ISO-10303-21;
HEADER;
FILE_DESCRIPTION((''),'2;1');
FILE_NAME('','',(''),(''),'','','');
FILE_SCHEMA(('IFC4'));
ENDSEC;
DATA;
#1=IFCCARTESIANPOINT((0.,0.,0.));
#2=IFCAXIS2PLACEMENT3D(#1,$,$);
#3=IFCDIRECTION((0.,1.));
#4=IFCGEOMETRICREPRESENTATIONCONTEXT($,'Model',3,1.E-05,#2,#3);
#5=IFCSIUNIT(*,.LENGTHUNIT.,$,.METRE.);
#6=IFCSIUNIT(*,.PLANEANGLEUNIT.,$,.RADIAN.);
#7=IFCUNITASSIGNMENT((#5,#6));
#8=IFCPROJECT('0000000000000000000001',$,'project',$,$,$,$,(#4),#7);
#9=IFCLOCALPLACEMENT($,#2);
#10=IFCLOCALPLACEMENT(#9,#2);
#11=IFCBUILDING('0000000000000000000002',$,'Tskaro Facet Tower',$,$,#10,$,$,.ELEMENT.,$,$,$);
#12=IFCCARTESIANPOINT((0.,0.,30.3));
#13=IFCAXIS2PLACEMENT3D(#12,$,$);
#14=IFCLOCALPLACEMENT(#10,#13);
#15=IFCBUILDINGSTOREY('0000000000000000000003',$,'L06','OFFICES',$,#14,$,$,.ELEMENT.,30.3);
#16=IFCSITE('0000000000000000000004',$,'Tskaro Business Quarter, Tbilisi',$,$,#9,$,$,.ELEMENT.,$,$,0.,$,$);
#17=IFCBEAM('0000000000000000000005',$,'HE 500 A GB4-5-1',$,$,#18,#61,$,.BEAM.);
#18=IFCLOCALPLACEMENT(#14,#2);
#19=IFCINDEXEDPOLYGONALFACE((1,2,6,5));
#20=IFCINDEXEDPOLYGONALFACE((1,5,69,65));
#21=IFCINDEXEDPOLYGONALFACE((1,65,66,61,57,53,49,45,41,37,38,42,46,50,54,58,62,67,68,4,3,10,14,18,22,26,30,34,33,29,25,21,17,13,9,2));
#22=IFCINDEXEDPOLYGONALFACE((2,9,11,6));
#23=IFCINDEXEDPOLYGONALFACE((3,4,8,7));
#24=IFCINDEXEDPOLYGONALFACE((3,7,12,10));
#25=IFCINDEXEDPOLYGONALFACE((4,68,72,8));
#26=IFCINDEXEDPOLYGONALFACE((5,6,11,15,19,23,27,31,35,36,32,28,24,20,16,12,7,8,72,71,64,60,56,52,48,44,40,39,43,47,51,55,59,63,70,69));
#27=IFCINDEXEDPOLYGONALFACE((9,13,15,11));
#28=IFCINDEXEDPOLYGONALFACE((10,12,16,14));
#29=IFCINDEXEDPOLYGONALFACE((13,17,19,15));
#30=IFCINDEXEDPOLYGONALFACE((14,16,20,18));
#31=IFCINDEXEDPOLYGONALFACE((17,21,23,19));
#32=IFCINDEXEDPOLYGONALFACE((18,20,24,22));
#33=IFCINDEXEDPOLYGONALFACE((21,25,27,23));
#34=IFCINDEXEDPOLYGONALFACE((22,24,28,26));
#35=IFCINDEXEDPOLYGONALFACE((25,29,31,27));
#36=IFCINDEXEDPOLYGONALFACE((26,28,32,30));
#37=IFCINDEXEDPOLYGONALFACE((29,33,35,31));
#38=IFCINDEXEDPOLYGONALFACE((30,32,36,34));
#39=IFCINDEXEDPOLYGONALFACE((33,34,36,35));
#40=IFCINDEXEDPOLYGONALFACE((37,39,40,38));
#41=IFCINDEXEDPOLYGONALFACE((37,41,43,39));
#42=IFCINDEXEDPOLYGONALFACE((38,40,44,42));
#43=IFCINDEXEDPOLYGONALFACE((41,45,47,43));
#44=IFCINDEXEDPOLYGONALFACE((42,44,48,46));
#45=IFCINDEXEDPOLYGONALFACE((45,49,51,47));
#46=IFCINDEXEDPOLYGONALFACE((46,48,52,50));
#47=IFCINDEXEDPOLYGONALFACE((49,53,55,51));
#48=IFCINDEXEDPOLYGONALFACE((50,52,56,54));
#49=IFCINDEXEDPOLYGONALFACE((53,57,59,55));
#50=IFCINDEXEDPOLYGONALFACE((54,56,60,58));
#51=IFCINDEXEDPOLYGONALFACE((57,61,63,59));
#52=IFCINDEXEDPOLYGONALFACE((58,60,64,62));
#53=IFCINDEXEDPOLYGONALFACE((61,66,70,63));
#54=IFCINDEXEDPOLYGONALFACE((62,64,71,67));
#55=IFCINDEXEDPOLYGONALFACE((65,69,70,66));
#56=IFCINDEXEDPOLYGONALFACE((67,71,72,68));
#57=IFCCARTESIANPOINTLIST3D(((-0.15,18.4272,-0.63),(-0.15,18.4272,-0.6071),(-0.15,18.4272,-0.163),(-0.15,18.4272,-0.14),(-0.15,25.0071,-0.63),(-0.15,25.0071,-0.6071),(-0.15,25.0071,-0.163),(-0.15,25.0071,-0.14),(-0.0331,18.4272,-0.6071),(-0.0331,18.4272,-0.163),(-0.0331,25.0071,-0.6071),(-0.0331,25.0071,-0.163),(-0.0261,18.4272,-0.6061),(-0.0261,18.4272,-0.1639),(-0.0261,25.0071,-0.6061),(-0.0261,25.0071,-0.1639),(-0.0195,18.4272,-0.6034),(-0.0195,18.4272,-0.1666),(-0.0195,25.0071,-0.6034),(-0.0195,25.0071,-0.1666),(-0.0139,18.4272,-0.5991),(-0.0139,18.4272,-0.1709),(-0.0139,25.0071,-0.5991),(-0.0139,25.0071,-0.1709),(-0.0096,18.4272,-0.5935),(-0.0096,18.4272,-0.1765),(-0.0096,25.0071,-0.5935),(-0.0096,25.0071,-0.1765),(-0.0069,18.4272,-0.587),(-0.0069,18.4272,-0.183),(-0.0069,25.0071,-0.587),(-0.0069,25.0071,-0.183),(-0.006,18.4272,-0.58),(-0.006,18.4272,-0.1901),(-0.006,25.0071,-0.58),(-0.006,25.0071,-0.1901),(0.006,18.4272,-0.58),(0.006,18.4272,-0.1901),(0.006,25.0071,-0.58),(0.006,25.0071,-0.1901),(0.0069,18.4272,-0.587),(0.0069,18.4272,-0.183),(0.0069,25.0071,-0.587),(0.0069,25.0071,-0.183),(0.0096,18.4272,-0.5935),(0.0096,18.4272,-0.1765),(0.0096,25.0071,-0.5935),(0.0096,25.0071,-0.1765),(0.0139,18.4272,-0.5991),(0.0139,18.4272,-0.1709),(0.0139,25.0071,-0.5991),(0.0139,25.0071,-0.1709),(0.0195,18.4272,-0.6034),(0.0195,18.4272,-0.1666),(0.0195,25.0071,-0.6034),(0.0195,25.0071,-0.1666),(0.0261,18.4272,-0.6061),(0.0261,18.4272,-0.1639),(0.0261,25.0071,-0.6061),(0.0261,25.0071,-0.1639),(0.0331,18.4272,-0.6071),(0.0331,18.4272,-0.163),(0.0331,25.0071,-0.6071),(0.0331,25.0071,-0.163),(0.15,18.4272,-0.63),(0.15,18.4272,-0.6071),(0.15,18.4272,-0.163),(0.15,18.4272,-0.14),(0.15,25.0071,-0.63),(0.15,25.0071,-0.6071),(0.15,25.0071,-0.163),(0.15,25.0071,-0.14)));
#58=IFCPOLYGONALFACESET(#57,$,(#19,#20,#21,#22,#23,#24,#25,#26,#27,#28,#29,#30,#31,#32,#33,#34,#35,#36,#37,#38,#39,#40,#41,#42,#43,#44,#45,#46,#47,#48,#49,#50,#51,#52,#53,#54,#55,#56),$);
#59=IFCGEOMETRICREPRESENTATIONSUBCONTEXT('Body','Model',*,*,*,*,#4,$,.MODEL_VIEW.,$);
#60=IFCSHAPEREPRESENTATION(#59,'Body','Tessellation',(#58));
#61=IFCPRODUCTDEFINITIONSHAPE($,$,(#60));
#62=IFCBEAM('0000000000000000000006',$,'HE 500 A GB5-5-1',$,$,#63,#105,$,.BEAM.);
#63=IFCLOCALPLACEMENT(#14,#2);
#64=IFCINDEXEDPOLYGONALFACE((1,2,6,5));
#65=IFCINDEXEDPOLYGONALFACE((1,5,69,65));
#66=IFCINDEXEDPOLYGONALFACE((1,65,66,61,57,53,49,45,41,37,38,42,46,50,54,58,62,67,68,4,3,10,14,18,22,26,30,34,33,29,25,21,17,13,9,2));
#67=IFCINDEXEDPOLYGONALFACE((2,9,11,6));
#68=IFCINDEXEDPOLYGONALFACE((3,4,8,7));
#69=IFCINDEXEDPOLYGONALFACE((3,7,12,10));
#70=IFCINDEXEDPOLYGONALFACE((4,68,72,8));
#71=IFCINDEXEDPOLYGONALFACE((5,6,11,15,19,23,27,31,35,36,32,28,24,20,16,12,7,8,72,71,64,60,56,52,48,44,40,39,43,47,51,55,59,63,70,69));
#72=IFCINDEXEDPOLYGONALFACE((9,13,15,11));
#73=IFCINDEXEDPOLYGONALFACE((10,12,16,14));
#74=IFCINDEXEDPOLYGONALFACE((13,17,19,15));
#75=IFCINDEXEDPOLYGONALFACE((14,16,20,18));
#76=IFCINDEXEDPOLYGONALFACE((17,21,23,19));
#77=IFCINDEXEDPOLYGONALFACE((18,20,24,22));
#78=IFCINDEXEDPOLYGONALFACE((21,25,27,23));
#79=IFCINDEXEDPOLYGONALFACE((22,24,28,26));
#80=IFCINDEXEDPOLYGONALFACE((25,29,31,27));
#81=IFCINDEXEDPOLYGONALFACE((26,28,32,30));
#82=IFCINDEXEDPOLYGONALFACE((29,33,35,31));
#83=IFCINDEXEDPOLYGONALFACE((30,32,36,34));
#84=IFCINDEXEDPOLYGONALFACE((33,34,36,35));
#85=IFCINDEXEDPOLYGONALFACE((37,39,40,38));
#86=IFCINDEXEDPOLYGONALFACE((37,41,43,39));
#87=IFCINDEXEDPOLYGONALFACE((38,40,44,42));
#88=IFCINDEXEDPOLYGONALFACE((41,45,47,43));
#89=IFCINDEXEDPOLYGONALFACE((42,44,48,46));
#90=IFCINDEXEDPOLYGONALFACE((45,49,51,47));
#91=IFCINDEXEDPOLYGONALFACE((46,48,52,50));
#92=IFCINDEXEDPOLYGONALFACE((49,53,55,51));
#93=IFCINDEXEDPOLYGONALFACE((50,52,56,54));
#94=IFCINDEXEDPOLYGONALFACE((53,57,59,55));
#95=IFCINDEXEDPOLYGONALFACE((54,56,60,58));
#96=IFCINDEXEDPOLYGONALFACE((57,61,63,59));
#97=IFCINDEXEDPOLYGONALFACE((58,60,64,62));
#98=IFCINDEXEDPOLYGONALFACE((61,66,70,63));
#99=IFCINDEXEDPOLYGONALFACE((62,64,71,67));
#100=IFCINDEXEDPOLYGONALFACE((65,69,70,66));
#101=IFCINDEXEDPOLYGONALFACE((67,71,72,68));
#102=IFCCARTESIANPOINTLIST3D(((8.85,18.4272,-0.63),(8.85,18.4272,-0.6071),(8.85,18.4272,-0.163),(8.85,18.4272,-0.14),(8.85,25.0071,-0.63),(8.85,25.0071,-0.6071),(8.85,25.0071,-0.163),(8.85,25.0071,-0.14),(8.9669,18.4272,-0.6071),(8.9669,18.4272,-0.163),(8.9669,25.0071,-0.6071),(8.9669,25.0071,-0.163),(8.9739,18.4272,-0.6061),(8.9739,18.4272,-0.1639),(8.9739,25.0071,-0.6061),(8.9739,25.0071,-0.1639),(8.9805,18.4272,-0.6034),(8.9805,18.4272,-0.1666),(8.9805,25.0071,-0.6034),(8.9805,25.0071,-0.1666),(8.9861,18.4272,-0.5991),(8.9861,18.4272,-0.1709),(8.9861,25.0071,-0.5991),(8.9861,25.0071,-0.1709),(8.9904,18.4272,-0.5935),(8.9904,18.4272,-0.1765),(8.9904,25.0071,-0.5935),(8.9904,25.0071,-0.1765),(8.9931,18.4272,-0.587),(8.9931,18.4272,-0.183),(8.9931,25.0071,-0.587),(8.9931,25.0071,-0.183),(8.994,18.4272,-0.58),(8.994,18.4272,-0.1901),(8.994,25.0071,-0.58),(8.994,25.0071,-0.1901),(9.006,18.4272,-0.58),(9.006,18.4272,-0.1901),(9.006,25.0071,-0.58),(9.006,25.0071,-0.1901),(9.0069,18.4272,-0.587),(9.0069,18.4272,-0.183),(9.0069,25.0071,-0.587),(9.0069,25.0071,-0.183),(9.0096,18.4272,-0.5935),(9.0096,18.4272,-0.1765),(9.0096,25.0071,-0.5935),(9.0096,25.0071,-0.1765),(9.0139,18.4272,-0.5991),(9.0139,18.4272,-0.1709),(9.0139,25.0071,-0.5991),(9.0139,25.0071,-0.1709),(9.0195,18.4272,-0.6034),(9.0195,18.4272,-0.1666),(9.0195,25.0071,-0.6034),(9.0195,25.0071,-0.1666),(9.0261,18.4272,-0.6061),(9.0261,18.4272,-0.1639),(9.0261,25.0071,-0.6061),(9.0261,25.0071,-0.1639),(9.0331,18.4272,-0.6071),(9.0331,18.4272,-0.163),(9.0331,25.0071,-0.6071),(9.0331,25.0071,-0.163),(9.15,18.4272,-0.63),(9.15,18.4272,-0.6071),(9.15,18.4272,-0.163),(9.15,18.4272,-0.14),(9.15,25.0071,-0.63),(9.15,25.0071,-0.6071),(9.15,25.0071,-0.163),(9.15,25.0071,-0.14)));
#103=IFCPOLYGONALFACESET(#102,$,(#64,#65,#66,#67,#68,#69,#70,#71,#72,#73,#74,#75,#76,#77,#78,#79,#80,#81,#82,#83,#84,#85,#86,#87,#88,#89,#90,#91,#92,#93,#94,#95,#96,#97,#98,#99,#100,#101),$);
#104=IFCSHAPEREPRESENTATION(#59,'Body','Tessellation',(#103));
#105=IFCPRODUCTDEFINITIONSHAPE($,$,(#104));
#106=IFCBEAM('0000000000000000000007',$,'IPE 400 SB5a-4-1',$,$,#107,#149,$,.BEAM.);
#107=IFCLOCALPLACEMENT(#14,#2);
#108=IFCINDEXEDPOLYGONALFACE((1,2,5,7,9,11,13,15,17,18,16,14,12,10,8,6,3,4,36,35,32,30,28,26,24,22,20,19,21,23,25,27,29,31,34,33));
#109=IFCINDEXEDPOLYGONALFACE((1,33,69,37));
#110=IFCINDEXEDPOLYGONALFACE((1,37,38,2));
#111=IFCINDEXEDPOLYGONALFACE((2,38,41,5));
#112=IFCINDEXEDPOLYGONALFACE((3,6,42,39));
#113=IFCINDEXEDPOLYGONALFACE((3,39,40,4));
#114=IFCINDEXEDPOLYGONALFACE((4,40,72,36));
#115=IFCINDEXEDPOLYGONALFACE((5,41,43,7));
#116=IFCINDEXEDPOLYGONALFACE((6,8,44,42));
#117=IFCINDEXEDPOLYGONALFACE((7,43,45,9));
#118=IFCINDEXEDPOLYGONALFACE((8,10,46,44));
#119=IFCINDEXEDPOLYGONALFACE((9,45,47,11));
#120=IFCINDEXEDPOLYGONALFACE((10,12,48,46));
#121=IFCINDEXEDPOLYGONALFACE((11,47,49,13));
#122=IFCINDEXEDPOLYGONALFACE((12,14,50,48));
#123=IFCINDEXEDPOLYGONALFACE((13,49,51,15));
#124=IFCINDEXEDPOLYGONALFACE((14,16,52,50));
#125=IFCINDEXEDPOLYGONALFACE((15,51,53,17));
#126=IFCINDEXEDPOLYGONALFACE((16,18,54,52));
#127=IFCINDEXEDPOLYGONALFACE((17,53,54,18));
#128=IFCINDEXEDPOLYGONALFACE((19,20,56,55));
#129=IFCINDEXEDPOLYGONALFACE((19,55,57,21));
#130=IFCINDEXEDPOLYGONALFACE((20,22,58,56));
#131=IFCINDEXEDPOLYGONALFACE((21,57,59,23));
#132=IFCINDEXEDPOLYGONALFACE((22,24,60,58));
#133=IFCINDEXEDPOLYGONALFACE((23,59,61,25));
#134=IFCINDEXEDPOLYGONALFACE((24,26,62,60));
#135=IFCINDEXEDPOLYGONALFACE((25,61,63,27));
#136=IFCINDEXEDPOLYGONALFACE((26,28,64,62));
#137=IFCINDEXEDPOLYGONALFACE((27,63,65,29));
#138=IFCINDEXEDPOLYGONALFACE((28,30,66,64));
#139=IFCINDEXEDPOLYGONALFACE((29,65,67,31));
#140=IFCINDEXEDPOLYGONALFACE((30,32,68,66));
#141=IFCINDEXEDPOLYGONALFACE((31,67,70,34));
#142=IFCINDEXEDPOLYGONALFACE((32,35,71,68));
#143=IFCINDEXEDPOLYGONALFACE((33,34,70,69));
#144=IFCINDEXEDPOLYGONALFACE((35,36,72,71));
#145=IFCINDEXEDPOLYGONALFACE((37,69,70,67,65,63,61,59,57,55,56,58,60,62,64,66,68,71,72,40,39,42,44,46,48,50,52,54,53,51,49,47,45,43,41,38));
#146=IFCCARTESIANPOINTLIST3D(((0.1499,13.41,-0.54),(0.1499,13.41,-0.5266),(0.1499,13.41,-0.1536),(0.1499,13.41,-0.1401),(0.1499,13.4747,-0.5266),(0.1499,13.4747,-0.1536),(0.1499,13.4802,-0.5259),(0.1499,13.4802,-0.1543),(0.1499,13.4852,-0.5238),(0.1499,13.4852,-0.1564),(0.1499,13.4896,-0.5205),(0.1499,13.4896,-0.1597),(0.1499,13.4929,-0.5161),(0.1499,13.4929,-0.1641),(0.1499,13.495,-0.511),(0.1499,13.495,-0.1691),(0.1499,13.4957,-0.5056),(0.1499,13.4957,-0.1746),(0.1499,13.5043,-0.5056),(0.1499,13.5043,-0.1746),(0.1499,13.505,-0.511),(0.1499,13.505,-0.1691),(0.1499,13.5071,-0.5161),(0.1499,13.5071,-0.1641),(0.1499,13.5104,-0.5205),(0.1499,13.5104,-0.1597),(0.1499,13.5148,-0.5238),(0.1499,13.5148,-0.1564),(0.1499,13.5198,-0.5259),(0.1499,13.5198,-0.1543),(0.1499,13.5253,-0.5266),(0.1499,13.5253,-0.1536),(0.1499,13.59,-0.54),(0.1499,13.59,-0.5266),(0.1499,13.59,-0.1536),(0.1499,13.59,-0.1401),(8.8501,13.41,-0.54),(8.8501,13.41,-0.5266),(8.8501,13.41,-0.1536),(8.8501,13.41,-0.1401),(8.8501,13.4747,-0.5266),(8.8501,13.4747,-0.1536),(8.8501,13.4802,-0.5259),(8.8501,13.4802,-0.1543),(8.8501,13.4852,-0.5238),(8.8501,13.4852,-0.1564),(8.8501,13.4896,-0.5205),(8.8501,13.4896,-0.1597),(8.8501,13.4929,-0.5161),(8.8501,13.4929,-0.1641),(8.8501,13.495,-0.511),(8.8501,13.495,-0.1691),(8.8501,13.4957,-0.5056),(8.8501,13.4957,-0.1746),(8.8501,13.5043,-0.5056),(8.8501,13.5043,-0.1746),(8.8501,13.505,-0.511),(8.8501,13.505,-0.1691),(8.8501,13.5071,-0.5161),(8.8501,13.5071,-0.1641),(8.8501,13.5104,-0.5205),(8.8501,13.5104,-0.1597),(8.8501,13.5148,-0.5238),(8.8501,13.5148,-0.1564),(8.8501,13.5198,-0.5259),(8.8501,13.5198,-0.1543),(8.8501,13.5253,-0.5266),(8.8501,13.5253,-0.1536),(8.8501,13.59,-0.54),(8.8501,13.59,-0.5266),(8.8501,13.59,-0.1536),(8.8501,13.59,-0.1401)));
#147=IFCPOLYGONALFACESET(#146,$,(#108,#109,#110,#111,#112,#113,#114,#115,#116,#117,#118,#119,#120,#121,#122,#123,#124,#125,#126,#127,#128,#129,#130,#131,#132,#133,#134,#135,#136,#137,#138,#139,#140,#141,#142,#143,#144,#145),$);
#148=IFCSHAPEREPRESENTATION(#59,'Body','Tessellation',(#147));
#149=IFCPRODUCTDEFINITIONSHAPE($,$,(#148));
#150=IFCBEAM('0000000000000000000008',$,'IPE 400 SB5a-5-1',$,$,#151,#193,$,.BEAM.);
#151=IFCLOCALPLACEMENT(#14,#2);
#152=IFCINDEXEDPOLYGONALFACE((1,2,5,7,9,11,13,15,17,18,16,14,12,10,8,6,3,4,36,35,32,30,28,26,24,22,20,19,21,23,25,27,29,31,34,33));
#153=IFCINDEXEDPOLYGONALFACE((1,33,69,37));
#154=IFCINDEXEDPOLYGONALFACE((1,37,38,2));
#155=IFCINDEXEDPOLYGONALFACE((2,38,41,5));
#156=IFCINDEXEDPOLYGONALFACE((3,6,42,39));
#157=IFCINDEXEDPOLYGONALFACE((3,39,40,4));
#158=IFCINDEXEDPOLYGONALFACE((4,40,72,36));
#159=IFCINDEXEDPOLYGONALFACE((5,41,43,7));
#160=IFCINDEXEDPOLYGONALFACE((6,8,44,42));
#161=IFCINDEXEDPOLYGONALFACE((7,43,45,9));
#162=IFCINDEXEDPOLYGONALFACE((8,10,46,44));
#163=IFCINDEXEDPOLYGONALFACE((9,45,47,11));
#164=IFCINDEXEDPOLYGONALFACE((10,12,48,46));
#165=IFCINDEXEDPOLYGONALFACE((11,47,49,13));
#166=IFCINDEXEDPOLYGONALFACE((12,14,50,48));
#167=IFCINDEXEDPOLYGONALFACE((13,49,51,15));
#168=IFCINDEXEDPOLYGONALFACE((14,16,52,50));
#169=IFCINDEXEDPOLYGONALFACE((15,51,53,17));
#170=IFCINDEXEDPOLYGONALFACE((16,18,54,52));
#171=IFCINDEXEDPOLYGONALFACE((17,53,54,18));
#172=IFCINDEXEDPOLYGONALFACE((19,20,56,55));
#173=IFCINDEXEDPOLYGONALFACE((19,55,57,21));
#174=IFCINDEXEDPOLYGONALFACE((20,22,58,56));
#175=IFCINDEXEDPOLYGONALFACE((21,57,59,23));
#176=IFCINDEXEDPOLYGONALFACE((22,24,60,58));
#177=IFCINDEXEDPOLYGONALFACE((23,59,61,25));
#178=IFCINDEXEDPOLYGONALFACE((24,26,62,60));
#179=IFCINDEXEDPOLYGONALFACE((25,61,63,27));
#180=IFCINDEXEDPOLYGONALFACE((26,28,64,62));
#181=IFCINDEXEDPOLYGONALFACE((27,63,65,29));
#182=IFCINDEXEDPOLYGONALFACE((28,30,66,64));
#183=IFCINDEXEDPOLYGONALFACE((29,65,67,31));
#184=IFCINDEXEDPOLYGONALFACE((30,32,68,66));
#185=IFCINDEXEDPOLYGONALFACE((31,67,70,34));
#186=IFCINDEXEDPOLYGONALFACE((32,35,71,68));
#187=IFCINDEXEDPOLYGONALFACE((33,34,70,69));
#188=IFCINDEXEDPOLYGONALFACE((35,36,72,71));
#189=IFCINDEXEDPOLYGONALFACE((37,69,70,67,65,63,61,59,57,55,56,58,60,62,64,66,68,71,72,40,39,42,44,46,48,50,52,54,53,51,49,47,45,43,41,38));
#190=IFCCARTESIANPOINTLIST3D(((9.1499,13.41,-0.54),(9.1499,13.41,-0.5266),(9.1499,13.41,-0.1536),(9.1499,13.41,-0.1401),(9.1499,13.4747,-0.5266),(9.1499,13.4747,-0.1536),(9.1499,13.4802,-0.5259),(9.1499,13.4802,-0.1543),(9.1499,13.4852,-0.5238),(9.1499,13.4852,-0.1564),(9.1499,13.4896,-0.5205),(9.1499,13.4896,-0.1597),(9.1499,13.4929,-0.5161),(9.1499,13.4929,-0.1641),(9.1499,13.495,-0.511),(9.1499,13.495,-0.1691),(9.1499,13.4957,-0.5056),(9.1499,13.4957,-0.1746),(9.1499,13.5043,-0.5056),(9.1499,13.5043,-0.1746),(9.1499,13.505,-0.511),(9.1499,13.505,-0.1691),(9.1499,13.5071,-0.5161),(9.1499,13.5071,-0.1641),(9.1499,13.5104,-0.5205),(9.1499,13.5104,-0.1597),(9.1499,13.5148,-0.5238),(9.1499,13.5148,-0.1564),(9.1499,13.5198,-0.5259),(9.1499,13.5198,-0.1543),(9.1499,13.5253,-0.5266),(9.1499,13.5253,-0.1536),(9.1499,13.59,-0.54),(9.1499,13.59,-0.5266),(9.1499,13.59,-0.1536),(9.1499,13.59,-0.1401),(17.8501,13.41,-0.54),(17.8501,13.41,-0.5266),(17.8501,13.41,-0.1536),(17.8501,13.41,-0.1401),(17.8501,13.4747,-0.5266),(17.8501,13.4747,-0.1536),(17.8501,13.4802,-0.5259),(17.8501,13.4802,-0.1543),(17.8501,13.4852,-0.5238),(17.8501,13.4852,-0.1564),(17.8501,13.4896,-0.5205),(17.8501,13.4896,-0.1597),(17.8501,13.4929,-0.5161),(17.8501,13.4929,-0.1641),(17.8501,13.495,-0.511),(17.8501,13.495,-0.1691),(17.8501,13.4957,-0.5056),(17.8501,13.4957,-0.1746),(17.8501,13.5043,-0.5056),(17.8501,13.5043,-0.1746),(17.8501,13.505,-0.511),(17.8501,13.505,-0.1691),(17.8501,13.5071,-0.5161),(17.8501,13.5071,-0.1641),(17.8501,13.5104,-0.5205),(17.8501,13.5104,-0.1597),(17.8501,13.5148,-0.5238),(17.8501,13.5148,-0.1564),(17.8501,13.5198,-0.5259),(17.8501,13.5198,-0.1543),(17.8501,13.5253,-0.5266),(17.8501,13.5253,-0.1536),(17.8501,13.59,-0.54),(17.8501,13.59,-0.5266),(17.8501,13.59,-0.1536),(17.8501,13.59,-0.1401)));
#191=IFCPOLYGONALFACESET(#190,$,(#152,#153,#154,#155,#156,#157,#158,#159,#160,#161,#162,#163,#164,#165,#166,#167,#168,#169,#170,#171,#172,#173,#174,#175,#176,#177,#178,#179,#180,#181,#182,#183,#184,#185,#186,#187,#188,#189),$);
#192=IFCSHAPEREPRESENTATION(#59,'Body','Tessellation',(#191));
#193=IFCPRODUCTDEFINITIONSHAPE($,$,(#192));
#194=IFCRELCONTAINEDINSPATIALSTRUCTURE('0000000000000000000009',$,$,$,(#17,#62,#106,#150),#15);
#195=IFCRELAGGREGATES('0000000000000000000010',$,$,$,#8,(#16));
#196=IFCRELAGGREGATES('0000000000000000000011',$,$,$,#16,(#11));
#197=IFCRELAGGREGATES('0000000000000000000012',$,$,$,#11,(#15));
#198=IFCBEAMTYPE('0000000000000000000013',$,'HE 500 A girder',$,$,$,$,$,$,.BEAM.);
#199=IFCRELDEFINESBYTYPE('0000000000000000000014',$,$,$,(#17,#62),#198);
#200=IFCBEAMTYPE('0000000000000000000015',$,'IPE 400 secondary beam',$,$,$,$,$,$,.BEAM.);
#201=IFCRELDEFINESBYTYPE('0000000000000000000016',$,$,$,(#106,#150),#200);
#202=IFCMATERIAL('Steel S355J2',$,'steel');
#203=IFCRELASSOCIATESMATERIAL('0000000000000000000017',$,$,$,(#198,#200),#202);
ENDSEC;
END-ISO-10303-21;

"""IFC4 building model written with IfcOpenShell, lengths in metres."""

from ifc_helpers import new_model, si_unit, direction, frame, origin, origin_2d, place, context, subcontext, project, spatial, i_section, extrude, material, material_profile, profile_set, type_object, element, save


model = new_model("IFC4")

# Units and contexts
model_context = context("Model", 3, precision=1e-05, world=origin(), true_north=direction((0.0, 1.0)))
body_context = subcontext(model_context, "Body", "Model", "MODEL_VIEW")
ifc_project = project(units=[si_unit("LENGTHUNIT", "METRE"), si_unit("PLANEANGLEUNIT", "RADIAN")], contexts=[model_context])

# Site, building, storey
site_placement = place(None, origin())
site = spatial("IfcSite", under=ifc_project, at=site_placement, Name="Tskaro Business Quarter, Tbilisi", CompositionType="ELEMENT", RefElevation=0.0)
building_placement = place(site_placement, origin())
building = spatial("IfcBuilding", under=site, at=building_placement, Name="Tskaro Facet Tower", CompositionType="ELEMENT")
storey_placement = place(building_placement, frame((0.0, 0.0, 30.3)))
storey = spatial("IfcBuildingStorey", under=building, at=storey_placement, Name="L06", Description="OFFICES", CompositionType="ELEMENT", Elevation=30.3)

# Beams
ifc_material_1 = material(Name="Steel S355J2", Category="steel")
ifc_material_profile_1 = material_profile(ifc_material_1, i_section(OverallWidth=0.3, OverallDepth=0.49, WebThickness=0.012, FlangeThickness=0.0229, FilletRadius=0.0271, at=origin_2d()), Name="HE 500 A")
ifc_profile_set_1 = profile_set([ifc_material_profile_1], Name="Steel S355J2")
beam_type_1 = type_object("IfcBeamType", Name="HE 500 A girder", PredefinedType="BEAM", material=ifc_profile_set_1)
for number, where, z_axis, x_axis, name in (
    (1, (0.0, 18.4272, -0.385), (0.0, 1.0, 0.0), (-1.0, 0.0, 0.0), "HE 500 A GB4-5-1"),
    (2, (9.0, 18.4272, -0.385), (0.0, 1.0, 0.0), (-1.0, 0.0, 0.0), "HE 500 A GB5-5-1"),
):
    element("IfcBeam", number, at=place(storey_placement, frame(where, z_axis=z_axis, x_axis=x_axis)), inside=storey, type_object=beam_type_1, Name=name, PredefinedType="BEAM", context=body_context, shape_type="SweptSolid", body=[
        extrude(i_section(OverallWidth=0.3, OverallDepth=0.49, WebThickness=0.012, FlangeThickness=0.0229, FilletRadius=0.0271, at=origin_2d()), origin(), (0.0, 0.0, 1.0), 6.5798),
    ])
ifc_material_profile_2 = material_profile(ifc_material_1, i_section(OverallWidth=0.1799, OverallDepth=0.3999, WebThickness=0.0085, FlangeThickness=0.0134, FilletRadius=0.021, at=origin_2d()), Name="IPE 400")
ifc_profile_set_2 = profile_set([ifc_material_profile_2], Name="Steel S355J2")
beam_type_2 = type_object("IfcBeamType", Name="IPE 400 secondary beam", PredefinedType="BEAM", material=ifc_profile_set_2)
for number, where, z_axis, x_axis, name in (
    (3, (0.1499, 13.5, -0.3401), (1.0, 0.0, 0.0), (0.0, 1.0, 0.0), "IPE 400 SB5a-4-1"),
    (4, (9.1499, 13.5, -0.3401), (1.0, 0.0, 0.0), (0.0, 1.0, 0.0), "IPE 400 SB5a-5-1"),
):
    element("IfcBeam", number, at=place(storey_placement, frame(where, z_axis=z_axis, x_axis=x_axis)), inside=storey, type_object=beam_type_2, Name=name, PredefinedType="BEAM", context=body_context, shape_type="SweptSolid", body=[
        extrude(i_section(OverallWidth=0.1799, OverallDepth=0.3999, WebThickness=0.0085, FlangeThickness=0.0134, FilletRadius=0.021, at=origin_2d()), origin(), (0.0, 0.0, 1.0), 8.7002),
    ])

save(model, "model.ifc")
